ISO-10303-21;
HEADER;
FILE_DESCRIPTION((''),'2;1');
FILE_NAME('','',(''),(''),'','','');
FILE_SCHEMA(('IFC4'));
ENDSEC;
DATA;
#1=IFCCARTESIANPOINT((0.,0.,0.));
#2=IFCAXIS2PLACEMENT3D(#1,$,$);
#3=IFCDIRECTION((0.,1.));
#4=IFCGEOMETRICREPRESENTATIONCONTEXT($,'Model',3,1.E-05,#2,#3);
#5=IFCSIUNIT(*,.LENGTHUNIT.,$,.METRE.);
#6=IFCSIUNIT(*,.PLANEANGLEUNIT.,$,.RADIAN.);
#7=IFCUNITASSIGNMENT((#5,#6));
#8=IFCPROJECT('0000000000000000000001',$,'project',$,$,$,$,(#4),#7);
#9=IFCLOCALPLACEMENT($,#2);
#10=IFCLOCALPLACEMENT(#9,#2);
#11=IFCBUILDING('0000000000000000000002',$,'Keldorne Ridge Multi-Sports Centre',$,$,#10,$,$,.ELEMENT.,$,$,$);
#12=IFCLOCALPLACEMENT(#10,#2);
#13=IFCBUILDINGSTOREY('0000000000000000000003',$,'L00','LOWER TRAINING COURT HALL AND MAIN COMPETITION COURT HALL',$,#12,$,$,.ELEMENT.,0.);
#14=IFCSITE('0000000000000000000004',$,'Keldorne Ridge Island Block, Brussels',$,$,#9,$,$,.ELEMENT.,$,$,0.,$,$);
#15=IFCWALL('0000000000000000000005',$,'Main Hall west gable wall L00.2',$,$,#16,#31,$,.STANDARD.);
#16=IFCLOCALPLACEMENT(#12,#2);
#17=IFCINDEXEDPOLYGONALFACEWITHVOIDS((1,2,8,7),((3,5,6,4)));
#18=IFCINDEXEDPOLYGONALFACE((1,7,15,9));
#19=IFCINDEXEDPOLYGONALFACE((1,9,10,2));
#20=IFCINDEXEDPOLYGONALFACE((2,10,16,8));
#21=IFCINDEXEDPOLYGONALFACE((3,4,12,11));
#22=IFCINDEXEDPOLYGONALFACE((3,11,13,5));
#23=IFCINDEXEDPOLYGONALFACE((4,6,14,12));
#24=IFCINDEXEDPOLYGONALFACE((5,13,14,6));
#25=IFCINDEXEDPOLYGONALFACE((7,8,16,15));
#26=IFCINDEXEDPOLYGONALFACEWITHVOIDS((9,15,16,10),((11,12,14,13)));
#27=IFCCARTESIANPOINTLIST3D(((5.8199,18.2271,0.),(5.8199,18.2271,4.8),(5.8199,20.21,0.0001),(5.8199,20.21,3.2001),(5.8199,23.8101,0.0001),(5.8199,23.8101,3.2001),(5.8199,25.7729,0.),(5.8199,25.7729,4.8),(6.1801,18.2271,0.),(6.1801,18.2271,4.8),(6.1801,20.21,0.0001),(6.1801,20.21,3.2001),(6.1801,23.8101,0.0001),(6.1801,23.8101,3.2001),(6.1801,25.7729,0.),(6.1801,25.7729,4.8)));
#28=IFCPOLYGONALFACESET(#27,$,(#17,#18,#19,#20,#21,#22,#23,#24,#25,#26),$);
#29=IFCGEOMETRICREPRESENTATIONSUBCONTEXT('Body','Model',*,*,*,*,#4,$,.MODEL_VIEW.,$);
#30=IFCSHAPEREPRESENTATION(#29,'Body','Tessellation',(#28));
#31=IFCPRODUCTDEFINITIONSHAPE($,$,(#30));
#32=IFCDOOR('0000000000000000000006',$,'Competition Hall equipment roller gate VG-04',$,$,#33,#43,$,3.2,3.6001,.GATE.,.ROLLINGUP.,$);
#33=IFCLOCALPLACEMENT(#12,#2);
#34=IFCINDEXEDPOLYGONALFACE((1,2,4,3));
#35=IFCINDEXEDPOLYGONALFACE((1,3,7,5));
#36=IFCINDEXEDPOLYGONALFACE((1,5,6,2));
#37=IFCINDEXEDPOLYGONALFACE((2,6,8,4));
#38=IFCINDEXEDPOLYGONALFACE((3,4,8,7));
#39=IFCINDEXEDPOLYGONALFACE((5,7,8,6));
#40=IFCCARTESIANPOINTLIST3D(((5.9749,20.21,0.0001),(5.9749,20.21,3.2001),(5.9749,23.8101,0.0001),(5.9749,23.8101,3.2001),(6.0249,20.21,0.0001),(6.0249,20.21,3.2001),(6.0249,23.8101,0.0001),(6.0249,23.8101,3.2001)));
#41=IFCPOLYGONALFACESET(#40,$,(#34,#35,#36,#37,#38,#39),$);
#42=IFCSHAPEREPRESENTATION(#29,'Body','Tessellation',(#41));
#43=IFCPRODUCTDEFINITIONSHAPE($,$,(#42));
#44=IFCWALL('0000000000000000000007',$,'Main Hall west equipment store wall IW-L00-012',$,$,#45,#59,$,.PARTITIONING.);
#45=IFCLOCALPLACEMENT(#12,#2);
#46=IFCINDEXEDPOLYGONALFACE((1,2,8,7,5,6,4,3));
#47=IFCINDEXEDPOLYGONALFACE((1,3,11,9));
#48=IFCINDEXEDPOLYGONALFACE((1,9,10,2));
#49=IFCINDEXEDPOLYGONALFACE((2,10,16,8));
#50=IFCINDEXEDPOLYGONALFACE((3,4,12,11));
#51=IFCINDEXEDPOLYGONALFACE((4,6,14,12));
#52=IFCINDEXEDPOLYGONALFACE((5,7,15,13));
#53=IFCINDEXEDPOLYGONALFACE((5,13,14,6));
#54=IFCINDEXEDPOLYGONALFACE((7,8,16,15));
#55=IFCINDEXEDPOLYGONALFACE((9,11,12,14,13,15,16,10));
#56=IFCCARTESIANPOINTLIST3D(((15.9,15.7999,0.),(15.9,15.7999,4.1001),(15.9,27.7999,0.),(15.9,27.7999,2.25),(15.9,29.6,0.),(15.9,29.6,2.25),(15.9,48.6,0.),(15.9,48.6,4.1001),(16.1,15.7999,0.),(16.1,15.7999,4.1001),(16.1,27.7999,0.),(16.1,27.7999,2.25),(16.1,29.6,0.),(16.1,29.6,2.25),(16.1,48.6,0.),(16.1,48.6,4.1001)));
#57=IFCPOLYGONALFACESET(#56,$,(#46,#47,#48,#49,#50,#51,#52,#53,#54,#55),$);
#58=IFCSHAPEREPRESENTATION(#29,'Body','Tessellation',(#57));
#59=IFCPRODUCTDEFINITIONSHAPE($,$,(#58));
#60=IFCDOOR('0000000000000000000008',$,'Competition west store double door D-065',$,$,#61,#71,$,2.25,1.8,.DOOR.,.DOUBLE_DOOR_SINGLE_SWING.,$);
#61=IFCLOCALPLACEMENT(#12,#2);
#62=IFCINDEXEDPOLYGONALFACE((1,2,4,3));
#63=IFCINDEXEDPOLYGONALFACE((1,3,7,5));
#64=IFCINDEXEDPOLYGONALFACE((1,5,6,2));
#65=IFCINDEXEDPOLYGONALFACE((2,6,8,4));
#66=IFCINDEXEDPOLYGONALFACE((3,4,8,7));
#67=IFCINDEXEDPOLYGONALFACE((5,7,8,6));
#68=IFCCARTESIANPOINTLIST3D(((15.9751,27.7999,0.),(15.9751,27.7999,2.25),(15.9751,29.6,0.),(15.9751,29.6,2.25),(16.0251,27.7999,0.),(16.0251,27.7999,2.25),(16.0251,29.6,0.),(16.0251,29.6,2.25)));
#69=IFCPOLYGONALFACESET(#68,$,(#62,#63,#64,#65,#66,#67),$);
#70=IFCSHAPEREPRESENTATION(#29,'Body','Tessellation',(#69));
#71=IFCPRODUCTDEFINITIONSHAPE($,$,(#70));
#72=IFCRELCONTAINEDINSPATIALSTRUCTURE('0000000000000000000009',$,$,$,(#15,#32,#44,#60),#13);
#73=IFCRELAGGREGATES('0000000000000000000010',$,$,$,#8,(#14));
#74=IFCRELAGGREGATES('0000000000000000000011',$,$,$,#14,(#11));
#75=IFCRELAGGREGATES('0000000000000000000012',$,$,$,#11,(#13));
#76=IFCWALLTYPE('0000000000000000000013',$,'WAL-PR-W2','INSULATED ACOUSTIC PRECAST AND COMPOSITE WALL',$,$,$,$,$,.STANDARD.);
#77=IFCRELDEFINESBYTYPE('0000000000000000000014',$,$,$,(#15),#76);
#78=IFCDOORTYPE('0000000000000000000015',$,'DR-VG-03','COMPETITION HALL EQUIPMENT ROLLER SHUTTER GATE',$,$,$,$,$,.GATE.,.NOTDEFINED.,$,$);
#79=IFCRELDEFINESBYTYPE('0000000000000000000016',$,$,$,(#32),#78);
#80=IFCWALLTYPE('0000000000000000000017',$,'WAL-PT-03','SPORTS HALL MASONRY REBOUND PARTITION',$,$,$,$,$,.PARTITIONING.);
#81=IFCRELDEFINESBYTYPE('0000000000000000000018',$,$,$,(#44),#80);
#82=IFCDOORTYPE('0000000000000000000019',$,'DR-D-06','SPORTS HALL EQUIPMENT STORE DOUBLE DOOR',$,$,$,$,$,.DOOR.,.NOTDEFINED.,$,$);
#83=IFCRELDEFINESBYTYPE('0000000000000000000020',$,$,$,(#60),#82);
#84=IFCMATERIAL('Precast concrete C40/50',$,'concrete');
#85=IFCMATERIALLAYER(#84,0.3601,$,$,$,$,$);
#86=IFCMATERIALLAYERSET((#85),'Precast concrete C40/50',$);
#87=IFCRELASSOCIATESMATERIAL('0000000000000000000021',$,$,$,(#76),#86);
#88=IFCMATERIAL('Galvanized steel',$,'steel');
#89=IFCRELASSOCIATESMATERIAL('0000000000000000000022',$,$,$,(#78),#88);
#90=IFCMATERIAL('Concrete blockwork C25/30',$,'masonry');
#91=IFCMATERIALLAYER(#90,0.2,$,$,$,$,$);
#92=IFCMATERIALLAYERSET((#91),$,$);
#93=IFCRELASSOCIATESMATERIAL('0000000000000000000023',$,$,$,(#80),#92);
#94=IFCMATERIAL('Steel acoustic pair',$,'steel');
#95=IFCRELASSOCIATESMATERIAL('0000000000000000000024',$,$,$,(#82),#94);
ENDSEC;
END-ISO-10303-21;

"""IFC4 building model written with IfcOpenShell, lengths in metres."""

from ifc_helpers import new_model, si_unit, direction, frame, frame_2d, origin, place, context, subcontext, project, spatial, rectangle, extrude, material, layer, layer_set, type_object, element, fill, save


model = new_model("IFC4")

# Units and contexts
model_context = context("Model", 3, precision=1e-05, world=origin(), true_north=direction((0.0, 1.0)))
body_context = subcontext(model_context, "Body", "Model", "MODEL_VIEW")
ifc_project = project(units=[si_unit("LENGTHUNIT", "METRE"), si_unit("PLANEANGLEUNIT", "RADIAN")], contexts=[model_context])

# Site, building, storey
site_placement = place(None, origin())
site = spatial("IfcSite", under=ifc_project, at=site_placement, Name="Keldorne Ridge Island Block, Brussels", CompositionType="ELEMENT", RefElevation=0.0)
building_placement = place(site_placement, origin())
building = spatial("IfcBuilding", under=site, at=building_placement, Name="Keldorne Ridge Multi-Sports Centre", CompositionType="ELEMENT")
storey_placement = place(building_placement, origin())
storey = spatial("IfcBuildingStorey", under=building, at=storey_placement, Name="L00", Description="LOWER TRAINING COURT HALL AND MAIN COMPETITION COURT HALL", CompositionType="ELEMENT", Elevation=0.0)

# Walls, openings, doors
ifc_material_1 = material(Name="Precast concrete C40/50", Category="concrete")
ifc_layer_1 = layer(ifc_material_1, 0.3601)
ifc_layer_set_1 = layer_set([ifc_layer_1], Name="Precast concrete C40/50")
wall_type_1 = type_object("IfcWallType", Name="WAL-PR-W2", Description="INSULATED ACOUSTIC PRECAST AND COMPOSITE WALL", PredefinedType="STANDARD", material=ifc_layer_set_1)
ifc_material_2 = material(Name="Galvanized steel", Category="steel")
wall_1_placement = place(storey_placement, frame((6.0, 25.7729, 0.0), z_axis=(0.0, 0.0, 1.0), x_axis=(0.0, -1.0, 0.0)))
wall_1 = element("IfcWall", 1, at=wall_1_placement, inside=storey, type_object=wall_type_1, Name="Main Hall west gable wall L00.2", PredefinedType="STANDARD", context=body_context, shape_type="SweptSolid", body=[
    extrude(rectangle(XDim=7.5459, YDim=0.3601, at=frame_2d((3.7729, 0.0))), origin(), (0.0, 0.0, 1.0), 4.8),
])
opening_1_placement = place(wall_1_placement, frame((1.9629, 0.0, 0.0)))
opening_1 = element("IfcOpeningElement", 2, at=opening_1_placement, cuts=wall_1, PredefinedType="OPENING", context=body_context, shape_type="SweptSolid", body=[
    extrude(rectangle(XDim=3.6001, YDim=3.2, at=frame_2d((1.8, 1.6001))), frame((0.0, 0.1899, 0.0), z_axis=(0.0, -1.0, 0.0), x_axis=(1.0, 0.0, 0.0)), (0.0, 0.0, 1.0), 0.3801),
])
door_type_1 = type_object("IfcDoorType", Name="DR-VG-03", Description="COMPETITION HALL EQUIPMENT ROLLER SHUTTER GATE", OperationType="NOTDEFINED", PredefinedType="GATE", material=ifc_material_2)
door_1_placement = place(opening_1_placement, origin())
door_1 = element("IfcDoor", 3, at=door_1_placement, inside=storey, type_object=door_type_1, Name="Competition Hall equipment roller gate VG-04", OperationType="ROLLINGUP", OverallHeight=3.2, OverallWidth=3.6001, PredefinedType="GATE", context=body_context, shape_type="SweptSolid", body=[
    extrude(rectangle(XDim=3.6001, YDim=3.2, at=frame_2d((1.8, 1.6001))), frame((0.0, 0.0249, 0.0), z_axis=(0.0, -1.0, 0.0), x_axis=(1.0, 0.0, 0.0)), (0.0, 0.0, 1.0), 0.05),
])
fill(opening_1, door_1)
ifc_material_3 = material(Name="Concrete blockwork C25/30", Category="masonry")
ifc_layer_2 = layer(ifc_material_3, 0.2)
ifc_layer_set_2 = layer_set([ifc_layer_2])
wall_type_2 = type_object("IfcWallType", Name="WAL-PT-03", Description="SPORTS HALL MASONRY REBOUND PARTITION", PredefinedType="PARTITIONING", material=ifc_layer_set_2)
wall_2_placement = place(storey_placement, frame((16.0, 15.8, 0.0), z_axis=(0.0, 0.0, 1.0), x_axis=(0.0, 1.0, 0.0)))
wall_2 = element("IfcWall", 4, at=wall_2_placement, inside=storey, type_object=wall_type_2, Name="Main Hall west equipment store wall IW-L00-012", PredefinedType="PARTITIONING", context=body_context, shape_type="SweptSolid", body=[
    extrude(rectangle(XDim=32.8, YDim=0.2, at=frame_2d((16.3999, 0.0))), origin(), (0.0, 0.0, 1.0), 4.1001),
])
opening_2_placement = place(wall_2_placement, frame((12.0, 0.0, 0.0)))
opening_2 = element("IfcOpeningElement", 5, at=opening_2_placement, cuts=wall_2, PredefinedType="OPENING", context=body_context, shape_type="SweptSolid", body=[
    extrude(rectangle(XDim=1.8, YDim=2.25, at=frame_2d((0.8999, 1.125))), frame((0.0, 0.1099, 0.0), z_axis=(0.0, -1.0, 0.0), x_axis=(1.0, 0.0, 0.0)), (0.0, 0.0, 1.0), 0.22),
])
ifc_material_4 = material(Name="Steel acoustic pair", Category="steel")
door_type_2 = type_object("IfcDoorType", Name="DR-D-06", Description="SPORTS HALL EQUIPMENT STORE DOUBLE DOOR", OperationType="NOTDEFINED", PredefinedType="DOOR", material=ifc_material_4)
door_2_placement = place(opening_2_placement, origin())
door_2 = element("IfcDoor", 6, at=door_2_placement, inside=storey, type_object=door_type_2, Name="Competition west store double door D-065", OperationType="DOUBLE_DOOR_SINGLE_SWING", OverallHeight=2.25, OverallWidth=1.8, PredefinedType="DOOR", context=body_context, shape_type="SweptSolid", body=[
    extrude(rectangle(XDim=1.8, YDim=2.25, at=frame_2d((0.8999, 1.125))), frame((0.0, 0.0249, 0.0), z_axis=(0.0, -1.0, 0.0), x_axis=(1.0, 0.0, 0.0)), (0.0, 0.0, 1.0), 0.05),
])
fill(opening_2, door_2)

save(model, "model.ifc")
